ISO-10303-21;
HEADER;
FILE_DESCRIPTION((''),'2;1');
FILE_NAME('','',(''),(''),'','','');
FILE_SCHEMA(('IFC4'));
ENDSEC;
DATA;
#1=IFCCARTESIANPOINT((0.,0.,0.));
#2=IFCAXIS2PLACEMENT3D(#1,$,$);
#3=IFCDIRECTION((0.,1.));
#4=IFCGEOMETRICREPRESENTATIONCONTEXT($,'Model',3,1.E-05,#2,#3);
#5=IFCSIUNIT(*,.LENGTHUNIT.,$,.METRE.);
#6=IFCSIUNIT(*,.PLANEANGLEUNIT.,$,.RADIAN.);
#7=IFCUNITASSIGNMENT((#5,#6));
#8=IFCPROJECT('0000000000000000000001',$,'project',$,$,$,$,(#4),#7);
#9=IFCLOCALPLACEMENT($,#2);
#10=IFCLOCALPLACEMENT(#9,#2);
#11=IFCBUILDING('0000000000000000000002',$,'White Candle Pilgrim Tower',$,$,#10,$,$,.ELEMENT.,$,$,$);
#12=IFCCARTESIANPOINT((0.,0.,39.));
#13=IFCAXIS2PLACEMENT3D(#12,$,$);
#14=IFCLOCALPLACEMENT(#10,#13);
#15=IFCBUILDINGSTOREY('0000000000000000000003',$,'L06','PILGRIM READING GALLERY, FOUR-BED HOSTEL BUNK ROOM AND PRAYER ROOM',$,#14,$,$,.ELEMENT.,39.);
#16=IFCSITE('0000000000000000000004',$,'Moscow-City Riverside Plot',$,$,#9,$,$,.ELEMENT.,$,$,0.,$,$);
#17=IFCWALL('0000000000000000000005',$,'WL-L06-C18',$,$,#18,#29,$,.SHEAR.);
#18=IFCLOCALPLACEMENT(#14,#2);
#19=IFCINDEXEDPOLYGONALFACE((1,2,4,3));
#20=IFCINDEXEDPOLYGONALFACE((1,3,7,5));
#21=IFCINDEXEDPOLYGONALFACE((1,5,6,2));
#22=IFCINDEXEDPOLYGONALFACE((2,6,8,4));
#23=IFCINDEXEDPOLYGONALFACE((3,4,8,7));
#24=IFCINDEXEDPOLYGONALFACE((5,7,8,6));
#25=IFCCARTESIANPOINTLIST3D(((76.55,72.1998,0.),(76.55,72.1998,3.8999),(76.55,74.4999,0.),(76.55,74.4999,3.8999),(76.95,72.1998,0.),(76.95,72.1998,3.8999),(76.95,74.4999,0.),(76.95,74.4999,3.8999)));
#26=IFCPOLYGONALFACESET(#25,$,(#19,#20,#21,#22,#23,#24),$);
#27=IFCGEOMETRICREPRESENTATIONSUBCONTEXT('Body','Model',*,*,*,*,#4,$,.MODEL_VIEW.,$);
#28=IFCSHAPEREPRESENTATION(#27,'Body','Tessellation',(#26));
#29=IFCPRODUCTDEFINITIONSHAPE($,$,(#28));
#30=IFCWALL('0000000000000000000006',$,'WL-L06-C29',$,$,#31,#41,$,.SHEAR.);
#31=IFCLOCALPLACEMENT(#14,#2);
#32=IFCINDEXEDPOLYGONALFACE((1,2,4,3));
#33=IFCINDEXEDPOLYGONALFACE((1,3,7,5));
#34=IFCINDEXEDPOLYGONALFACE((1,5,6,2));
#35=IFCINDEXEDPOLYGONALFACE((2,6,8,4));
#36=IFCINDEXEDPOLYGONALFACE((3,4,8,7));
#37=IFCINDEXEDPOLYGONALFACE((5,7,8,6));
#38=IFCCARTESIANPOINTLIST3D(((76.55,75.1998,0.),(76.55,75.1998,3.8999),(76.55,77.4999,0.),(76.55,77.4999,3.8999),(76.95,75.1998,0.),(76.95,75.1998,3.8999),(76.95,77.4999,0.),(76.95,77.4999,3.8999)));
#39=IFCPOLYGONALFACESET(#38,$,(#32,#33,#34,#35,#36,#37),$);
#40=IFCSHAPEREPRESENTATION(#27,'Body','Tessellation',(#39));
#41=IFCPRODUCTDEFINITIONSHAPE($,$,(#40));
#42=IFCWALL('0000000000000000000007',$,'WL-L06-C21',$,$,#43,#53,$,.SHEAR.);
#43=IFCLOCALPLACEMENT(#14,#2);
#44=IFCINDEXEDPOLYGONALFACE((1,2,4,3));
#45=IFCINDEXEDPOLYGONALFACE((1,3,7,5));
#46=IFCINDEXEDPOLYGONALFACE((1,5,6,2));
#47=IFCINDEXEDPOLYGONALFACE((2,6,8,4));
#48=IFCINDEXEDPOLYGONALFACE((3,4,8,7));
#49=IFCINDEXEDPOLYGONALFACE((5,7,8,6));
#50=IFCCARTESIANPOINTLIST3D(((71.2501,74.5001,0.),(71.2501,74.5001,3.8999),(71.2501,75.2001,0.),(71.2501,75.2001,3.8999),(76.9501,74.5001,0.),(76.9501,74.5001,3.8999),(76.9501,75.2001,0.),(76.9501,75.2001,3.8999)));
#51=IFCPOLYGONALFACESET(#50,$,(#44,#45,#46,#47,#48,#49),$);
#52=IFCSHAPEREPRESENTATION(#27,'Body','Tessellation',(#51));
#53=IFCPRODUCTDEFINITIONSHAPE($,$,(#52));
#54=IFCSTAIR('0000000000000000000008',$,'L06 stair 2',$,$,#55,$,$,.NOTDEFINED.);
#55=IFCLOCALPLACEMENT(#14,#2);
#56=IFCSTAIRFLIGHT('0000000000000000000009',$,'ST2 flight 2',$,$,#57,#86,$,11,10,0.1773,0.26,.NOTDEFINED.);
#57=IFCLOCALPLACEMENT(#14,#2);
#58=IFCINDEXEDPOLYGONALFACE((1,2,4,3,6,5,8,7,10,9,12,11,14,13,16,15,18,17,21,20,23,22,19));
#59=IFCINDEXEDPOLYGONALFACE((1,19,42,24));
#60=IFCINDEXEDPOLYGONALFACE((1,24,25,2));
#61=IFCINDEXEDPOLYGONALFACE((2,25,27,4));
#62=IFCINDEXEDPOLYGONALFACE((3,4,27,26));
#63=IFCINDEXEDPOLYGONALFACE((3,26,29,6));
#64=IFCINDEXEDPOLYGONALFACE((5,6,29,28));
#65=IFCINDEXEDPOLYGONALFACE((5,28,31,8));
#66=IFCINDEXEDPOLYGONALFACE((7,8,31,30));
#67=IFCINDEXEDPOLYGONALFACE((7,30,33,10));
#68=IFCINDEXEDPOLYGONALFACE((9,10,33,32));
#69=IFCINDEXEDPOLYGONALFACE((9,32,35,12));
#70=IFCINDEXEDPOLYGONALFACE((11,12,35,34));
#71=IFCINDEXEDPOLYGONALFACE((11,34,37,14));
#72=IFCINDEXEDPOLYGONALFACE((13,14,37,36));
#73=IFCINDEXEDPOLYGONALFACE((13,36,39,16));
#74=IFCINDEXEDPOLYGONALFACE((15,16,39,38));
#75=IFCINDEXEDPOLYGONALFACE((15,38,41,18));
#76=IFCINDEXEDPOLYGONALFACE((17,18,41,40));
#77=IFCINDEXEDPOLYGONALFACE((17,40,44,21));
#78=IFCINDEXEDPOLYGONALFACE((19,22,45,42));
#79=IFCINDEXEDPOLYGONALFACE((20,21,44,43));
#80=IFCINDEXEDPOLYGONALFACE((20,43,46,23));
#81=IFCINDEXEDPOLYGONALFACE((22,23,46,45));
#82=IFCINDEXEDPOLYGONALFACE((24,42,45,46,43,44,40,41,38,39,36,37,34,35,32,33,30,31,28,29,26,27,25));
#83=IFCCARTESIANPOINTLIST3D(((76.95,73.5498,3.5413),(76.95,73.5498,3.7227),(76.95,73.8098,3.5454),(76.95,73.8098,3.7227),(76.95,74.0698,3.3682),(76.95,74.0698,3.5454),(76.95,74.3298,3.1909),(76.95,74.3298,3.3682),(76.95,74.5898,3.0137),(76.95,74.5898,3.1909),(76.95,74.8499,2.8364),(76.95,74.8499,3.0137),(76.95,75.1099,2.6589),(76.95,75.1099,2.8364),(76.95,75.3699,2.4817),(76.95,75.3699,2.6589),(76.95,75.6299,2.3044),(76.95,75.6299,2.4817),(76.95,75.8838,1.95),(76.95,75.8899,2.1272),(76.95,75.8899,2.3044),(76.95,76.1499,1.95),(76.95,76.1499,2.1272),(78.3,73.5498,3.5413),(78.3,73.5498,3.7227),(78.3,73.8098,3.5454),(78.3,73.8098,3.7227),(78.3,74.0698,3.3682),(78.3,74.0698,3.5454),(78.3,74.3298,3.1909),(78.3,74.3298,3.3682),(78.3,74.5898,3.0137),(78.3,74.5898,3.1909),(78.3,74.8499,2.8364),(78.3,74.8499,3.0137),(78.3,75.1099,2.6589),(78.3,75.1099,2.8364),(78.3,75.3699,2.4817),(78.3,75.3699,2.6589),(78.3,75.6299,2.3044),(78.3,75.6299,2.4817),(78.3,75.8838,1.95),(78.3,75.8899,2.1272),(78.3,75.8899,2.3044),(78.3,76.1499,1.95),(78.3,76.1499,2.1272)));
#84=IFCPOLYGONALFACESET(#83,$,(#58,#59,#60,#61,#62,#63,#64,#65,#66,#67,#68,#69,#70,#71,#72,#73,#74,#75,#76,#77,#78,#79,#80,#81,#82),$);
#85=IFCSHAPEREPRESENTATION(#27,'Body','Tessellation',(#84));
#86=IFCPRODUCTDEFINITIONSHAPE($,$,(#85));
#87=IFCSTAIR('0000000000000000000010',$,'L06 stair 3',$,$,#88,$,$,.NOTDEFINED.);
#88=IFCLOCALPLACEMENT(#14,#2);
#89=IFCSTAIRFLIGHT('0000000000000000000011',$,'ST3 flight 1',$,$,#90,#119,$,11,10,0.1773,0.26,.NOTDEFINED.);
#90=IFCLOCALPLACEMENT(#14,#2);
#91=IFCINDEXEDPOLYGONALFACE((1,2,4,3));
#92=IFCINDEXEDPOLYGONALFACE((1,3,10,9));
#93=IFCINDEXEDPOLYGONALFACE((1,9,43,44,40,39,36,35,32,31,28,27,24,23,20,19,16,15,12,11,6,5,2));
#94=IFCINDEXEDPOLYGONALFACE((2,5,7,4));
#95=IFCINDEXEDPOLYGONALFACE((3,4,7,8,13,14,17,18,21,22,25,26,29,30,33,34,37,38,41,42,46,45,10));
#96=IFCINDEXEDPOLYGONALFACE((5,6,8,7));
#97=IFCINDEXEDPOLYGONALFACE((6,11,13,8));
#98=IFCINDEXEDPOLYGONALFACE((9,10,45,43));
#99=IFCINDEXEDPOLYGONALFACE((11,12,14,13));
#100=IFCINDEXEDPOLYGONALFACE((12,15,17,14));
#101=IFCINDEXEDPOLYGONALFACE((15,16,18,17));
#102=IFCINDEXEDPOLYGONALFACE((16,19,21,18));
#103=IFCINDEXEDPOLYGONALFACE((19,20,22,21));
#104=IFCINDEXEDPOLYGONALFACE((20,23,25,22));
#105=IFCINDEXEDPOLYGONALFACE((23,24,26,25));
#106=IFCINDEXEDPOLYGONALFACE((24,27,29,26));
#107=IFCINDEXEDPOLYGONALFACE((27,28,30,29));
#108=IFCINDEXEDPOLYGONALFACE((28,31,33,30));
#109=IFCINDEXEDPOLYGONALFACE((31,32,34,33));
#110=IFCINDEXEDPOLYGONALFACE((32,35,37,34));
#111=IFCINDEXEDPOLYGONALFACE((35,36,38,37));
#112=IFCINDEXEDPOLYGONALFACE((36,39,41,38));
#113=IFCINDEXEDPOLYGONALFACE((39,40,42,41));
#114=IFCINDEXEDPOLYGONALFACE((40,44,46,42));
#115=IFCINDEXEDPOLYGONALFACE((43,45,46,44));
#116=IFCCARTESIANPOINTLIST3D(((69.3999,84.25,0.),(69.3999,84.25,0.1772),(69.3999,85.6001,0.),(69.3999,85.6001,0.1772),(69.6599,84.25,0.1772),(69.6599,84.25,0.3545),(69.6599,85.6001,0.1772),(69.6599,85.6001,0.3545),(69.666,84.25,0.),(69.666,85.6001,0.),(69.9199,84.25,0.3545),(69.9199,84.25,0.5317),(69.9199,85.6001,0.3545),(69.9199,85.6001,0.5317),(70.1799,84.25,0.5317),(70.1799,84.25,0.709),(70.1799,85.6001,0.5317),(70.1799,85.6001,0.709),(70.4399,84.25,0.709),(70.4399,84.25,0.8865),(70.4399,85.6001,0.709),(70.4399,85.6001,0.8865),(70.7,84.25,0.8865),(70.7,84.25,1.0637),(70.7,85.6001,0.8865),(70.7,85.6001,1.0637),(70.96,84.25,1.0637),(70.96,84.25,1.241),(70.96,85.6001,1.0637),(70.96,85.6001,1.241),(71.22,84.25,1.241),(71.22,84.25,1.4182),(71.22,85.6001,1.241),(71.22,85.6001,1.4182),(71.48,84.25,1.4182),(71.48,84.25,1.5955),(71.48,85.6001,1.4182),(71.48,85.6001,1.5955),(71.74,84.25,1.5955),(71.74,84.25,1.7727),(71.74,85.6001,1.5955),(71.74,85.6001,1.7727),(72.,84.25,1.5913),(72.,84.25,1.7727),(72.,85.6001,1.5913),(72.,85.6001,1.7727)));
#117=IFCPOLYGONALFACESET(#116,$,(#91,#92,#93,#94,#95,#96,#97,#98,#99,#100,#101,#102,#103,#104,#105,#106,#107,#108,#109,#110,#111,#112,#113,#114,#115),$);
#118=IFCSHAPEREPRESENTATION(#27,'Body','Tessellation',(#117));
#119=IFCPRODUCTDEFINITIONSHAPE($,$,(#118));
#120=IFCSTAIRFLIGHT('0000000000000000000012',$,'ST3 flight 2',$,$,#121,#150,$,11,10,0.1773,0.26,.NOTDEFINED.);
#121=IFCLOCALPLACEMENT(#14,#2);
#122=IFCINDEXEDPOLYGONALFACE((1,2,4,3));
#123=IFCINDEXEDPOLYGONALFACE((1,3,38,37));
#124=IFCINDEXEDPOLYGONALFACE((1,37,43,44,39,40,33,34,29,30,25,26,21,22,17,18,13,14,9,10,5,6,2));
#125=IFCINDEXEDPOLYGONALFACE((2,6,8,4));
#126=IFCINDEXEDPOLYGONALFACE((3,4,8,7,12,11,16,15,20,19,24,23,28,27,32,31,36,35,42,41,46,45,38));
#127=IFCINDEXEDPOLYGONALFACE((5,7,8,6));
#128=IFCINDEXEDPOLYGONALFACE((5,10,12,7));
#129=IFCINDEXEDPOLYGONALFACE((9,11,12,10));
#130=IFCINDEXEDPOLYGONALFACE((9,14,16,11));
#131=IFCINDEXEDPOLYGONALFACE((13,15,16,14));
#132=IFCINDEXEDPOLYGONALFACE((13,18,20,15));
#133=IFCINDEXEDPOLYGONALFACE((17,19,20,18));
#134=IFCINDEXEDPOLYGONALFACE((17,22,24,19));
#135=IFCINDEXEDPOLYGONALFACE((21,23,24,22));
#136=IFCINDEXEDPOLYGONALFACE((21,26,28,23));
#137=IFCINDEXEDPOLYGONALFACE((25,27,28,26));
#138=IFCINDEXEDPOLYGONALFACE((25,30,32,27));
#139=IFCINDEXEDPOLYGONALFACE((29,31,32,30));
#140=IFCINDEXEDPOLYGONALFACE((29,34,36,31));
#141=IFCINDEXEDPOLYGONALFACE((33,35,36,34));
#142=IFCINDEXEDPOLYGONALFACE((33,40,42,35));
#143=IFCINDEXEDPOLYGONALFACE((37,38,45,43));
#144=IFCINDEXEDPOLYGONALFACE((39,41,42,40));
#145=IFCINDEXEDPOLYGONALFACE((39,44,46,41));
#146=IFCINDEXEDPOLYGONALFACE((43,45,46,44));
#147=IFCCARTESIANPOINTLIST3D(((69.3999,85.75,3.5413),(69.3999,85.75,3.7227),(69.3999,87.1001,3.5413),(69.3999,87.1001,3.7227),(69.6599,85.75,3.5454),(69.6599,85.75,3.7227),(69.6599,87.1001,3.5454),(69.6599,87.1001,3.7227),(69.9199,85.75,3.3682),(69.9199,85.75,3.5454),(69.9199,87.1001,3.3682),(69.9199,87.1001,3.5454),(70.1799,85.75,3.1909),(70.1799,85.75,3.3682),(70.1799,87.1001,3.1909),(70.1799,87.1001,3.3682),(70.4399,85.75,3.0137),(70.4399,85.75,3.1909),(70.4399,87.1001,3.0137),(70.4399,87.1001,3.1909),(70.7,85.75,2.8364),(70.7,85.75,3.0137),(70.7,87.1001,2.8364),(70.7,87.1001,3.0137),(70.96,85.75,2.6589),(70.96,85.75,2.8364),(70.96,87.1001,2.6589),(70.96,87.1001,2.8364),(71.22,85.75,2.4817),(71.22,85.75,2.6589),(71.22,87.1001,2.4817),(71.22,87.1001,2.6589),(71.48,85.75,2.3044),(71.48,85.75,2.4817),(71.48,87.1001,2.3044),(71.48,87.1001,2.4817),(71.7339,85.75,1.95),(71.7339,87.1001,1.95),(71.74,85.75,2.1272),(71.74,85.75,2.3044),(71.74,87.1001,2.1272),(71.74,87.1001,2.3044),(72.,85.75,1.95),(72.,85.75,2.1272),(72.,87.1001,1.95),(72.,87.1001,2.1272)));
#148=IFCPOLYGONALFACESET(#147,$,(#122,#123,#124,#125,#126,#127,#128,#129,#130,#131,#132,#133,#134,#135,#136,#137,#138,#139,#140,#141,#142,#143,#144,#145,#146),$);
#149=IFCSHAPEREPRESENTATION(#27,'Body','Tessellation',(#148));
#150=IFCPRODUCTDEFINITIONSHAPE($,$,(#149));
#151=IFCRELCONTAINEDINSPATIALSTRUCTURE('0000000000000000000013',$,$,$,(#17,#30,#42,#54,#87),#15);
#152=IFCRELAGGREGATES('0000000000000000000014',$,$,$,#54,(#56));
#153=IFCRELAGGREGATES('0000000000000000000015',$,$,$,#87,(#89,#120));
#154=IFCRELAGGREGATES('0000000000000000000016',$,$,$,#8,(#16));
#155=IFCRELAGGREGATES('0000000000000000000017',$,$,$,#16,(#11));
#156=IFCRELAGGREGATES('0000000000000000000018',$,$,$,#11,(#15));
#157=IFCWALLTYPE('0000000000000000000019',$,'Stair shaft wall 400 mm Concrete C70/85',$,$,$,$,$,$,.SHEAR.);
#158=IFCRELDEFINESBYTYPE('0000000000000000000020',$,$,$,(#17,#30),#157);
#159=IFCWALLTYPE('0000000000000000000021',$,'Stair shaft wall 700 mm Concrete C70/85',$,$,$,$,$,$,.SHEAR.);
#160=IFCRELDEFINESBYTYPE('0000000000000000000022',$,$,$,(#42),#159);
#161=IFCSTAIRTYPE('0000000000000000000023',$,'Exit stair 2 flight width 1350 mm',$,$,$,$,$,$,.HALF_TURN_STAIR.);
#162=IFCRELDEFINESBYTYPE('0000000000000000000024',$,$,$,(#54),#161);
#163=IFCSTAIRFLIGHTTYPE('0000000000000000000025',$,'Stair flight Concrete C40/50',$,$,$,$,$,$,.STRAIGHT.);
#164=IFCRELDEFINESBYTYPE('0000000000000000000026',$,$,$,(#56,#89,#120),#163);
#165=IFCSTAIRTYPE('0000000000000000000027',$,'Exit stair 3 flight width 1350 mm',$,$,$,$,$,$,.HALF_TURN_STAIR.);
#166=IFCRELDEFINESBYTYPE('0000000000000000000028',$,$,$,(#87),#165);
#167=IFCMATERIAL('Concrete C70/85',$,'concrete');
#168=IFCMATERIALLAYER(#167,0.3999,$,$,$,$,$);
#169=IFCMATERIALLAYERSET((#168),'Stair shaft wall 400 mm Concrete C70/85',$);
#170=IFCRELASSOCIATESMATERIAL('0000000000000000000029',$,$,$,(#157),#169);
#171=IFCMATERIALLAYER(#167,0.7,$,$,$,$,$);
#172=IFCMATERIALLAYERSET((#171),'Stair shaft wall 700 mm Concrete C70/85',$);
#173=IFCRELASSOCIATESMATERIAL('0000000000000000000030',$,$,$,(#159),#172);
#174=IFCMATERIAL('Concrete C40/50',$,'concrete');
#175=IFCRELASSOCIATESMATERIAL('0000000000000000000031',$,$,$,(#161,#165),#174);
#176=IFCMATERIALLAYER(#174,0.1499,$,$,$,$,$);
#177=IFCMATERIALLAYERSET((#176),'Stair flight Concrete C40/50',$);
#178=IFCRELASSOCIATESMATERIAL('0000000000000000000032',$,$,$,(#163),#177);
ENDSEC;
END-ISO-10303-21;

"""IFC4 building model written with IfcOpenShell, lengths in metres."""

from ifc_helpers import new_model, si_unit, direction, frame, frame_2d, origin, place, context, subcontext, project, spatial, polyline, rectangle, outline, extrude, material, layer, layer_set, type_object, element, aggregate, save


model = new_model("IFC4")

# Units and contexts
model_context = context("Model", 3, precision=1e-05, world=origin(), true_north=direction((0.0, 1.0)))
body_context = subcontext(model_context, "Body", "Model", "MODEL_VIEW")
ifc_project = project(units=[si_unit("LENGTHUNIT", "METRE"), si_unit("PLANEANGLEUNIT", "RADIAN")], contexts=[model_context])

# Site, building, storey
site_placement = place(None, origin())
site = spatial("IfcSite", under=ifc_project, at=site_placement, Name="Moscow-City Riverside Plot", CompositionType="ELEMENT", RefElevation=0.0)
building_placement = place(site_placement, origin())
building = spatial("IfcBuilding", under=site, at=building_placement, Name="White Candle Pilgrim Tower", CompositionType="ELEMENT")
storey_placement = place(building_placement, frame((0.0, 0.0, 39.0)))
storey = spatial("IfcBuildingStorey", under=building, at=storey_placement, Name="L06", Description="PILGRIM READING GALLERY, FOUR-BED HOSTEL BUNK ROOM AND PRAYER ROOM", CompositionType="ELEMENT", Elevation=39.0)

# Shared definitions
ifc_material_1 = material(Name="Concrete C70/85", Category="concrete")

# Walls
ifc_layer_1 = layer(ifc_material_1, 0.3999)
ifc_layer_set_1 = layer_set([ifc_layer_1], Name="Stair shaft wall 400 mm Concrete C70/85")
wall_type_1 = type_object("IfcWallType", Name="Stair shaft wall 400 mm Concrete C70/85", PredefinedType="SHEAR", material=ifc_layer_set_1)
for number, where, z_axis, x_axis, name in (
    (1, (76.75, 72.2, 0.0), (0.0, 0.0, 1.0), (0.0, 1.0, 0.0), "WL-L06-C18"),
    (2, (76.75, 75.2, 0.0), (0.0, 0.0, 1.0), (0.0, 1.0, 0.0), "WL-L06-C29"),
):
    element("IfcWall", number, at=place(storey_placement, frame(where, z_axis=z_axis, x_axis=x_axis)), inside=storey, type_object=wall_type_1, Name=name, PredefinedType="SHEAR", context=body_context, shape_type="SweptSolid", body=[
        extrude(rectangle(XDim=2.3, YDim=0.3999, at=frame_2d((1.1499, 0.0))), origin(), (0.0, 0.0, 1.0), 3.8999),
    ])
ifc_layer_2 = layer(ifc_material_1, 0.7)
ifc_layer_set_2 = layer_set([ifc_layer_2], Name="Stair shaft wall 700 mm Concrete C70/85")
wall_type_2 = type_object("IfcWallType", Name="Stair shaft wall 700 mm Concrete C70/85", PredefinedType="SHEAR", material=ifc_layer_set_2)
wall_1_placement = place(storey_placement, frame((71.25, 74.8501, 0.0), z_axis=(0.0, 0.0, 1.0), x_axis=(1.0, 0.0, 0.0)))
element("IfcWall", 3, at=wall_1_placement, inside=storey, type_object=wall_type_2, Name="WL-L06-C21", PredefinedType="SHEAR", context=body_context, shape_type="SweptSolid", body=[
    extrude(rectangle(XDim=5.7, YDim=0.7, at=frame_2d((2.8501, 0.0))), origin(), (0.0, 0.0, 1.0), 3.8999),
])

# Stair, stair flight
ifc_material_2 = material(Name="Concrete C40/50", Category="concrete")
stair_type_1 = type_object("IfcStairType", Name="Exit stair 2 flight width 1350 mm", PredefinedType="HALF_TURN_STAIR", material=ifc_material_2)
stair_1_placement = place(storey_placement, origin())
stair_1 = element("IfcStair", 4, at=stair_1_placement, inside=storey, type_object=stair_type_1, Name="L06 stair 2", PredefinedType="NOTDEFINED")
ifc_layer_3 = layer(ifc_material_2, 0.1499)
ifc_layer_set_3 = layer_set([ifc_layer_3], Name="Stair flight Concrete C40/50")
stair_flight_type = type_object("IfcStairFlightType", Name="Stair flight Concrete C40/50", PredefinedType="STRAIGHT", material=ifc_layer_set_3)
stair_flight_1_placement = place(storey_placement, frame((77.625, 76.1499, 1.95), z_axis=(0.0, 0.0, 1.0), x_axis=(0.0, -1.0, 0.0)))
stair_flight_1 = element("IfcStairFlight", 5, at=stair_flight_1_placement, type_object=stair_flight_type, Name="ST2 flight 2", NumberOfRisers=11, NumberOfTreads=10, PredefinedType="NOTDEFINED", RiserHeight=0.1773, TreadLength=0.26, context=body_context, shape_type="SweptSolid", body=[
    extrude(outline(polyline([(0.0, 0.0), (0.0, 0.1772), (0.26, 0.1772), (0.26, 0.3545), (0.52, 0.3545), (0.52, 0.5317), (0.78, 0.5317), (0.78, 0.709), (1.04, 0.709), (1.04, 0.8865), (1.3, 0.8865), (1.3, 1.0637), (1.5601, 1.0637), (1.5601, 1.241), (1.8201, 1.241), (1.8201, 1.4182), (2.0801, 1.4182), (2.0801, 1.5955), (2.3401, 1.5955), (2.3401, 1.7727), (2.6001, 1.7727), (2.6001, 1.95), (2.6001, 1.5913), (0.2661, 0.0), (0.0, 0.0)])), frame((0.0, 0.675, 0.0), z_axis=(0.0, -1.0, 0.0), x_axis=(1.0, 0.0, 0.0)), (0.0, 0.0, 1.0), 1.3501),
])
aggregate(stair_1, [stair_flight_1])

# Stair, stair flights
stair_type_2 = type_object("IfcStairType", Name="Exit stair 3 flight width 1350 mm", PredefinedType="HALF_TURN_STAIR", material=ifc_material_2)
stair_2_placement = place(storey_placement, origin())
stair_2 = element("IfcStair", 6, at=stair_2_placement, inside=storey, type_object=stair_type_2, Name="L06 stair 3", PredefinedType="NOTDEFINED")
stair_flight_2_placement = place(storey_placement, frame((69.3999, 84.925, 0.0), z_axis=(0.0, 0.0, 1.0), x_axis=(1.0, 0.0, 0.0)))
stair_flight_2 = element("IfcStairFlight", 7, at=stair_flight_2_placement, type_object=stair_flight_type, Name="ST3 flight 1", NumberOfRisers=11, NumberOfTreads=10, PredefinedType="NOTDEFINED", RiserHeight=0.1773, TreadLength=0.26, context=body_context, shape_type="SweptSolid", body=[
    extrude(outline(polyline([(0.0, 0.0), (0.0, 0.1772), (0.26, 0.1772), (0.26, 0.3545), (0.52, 0.3545), (0.52, 0.5317), (0.78, 0.5317), (0.78, 0.709), (1.04, 0.709), (1.04, 0.8865), (1.3, 0.8865), (1.3, 1.0637), (1.5601, 1.0637), (1.5601, 1.241), (1.8201, 1.241), (1.8201, 1.4182), (2.0801, 1.4182), (2.0801, 1.5955), (2.3401, 1.5955), (2.3401, 1.7727), (2.6001, 1.7727), (2.6001, 1.95), (2.6001, 1.5913), (0.2661, 0.0), (0.0, 0.0)])), frame((0.0, 0.675, 0.0), z_axis=(0.0, -1.0, 0.0), x_axis=(1.0, 0.0, 0.0)), (0.0, 0.0, 1.0), 1.3501),
])
stair_flight_3_placement = place(storey_placement, frame((72.0, 86.425, 1.95), z_axis=(0.0, 0.0, 1.0), x_axis=(-1.0, 0.0, 0.0)))
stair_flight_3 = element("IfcStairFlight", 8, at=stair_flight_3_placement, type_object=stair_flight_type, Name="ST3 flight 2", NumberOfRisers=11, NumberOfTreads=10, PredefinedType="NOTDEFINED", RiserHeight=0.1773, TreadLength=0.26, context=body_context, shape_type="SweptSolid", body=[
    extrude(outline(polyline([(0.0, 0.0), (0.0, 0.1772), (0.26, 0.1772), (0.26, 0.3545), (0.52, 0.3545), (0.52, 0.5317), (0.78, 0.5317), (0.78, 0.709), (1.04, 0.709), (1.04, 0.8865), (1.3, 0.8865), (1.3, 1.0637), (1.5601, 1.0637), (1.5601, 1.241), (1.8201, 1.241), (1.8201, 1.4182), (2.0801, 1.4182), (2.0801, 1.5955), (2.3401, 1.5955), (2.3401, 1.7727), (2.6001, 1.7727), (2.6001, 1.95), (2.6001, 1.5913), (0.2661, 0.0), (0.0, 0.0)])), frame((0.0, 0.675, 0.0), z_axis=(0.0, -1.0, 0.0), x_axis=(1.0, 0.0, 0.0)), (0.0, 0.0, 1.0), 1.3501),
])
aggregate(stair_2, [stair_flight_2, stair_flight_3])

save(model, "model.ifc")
